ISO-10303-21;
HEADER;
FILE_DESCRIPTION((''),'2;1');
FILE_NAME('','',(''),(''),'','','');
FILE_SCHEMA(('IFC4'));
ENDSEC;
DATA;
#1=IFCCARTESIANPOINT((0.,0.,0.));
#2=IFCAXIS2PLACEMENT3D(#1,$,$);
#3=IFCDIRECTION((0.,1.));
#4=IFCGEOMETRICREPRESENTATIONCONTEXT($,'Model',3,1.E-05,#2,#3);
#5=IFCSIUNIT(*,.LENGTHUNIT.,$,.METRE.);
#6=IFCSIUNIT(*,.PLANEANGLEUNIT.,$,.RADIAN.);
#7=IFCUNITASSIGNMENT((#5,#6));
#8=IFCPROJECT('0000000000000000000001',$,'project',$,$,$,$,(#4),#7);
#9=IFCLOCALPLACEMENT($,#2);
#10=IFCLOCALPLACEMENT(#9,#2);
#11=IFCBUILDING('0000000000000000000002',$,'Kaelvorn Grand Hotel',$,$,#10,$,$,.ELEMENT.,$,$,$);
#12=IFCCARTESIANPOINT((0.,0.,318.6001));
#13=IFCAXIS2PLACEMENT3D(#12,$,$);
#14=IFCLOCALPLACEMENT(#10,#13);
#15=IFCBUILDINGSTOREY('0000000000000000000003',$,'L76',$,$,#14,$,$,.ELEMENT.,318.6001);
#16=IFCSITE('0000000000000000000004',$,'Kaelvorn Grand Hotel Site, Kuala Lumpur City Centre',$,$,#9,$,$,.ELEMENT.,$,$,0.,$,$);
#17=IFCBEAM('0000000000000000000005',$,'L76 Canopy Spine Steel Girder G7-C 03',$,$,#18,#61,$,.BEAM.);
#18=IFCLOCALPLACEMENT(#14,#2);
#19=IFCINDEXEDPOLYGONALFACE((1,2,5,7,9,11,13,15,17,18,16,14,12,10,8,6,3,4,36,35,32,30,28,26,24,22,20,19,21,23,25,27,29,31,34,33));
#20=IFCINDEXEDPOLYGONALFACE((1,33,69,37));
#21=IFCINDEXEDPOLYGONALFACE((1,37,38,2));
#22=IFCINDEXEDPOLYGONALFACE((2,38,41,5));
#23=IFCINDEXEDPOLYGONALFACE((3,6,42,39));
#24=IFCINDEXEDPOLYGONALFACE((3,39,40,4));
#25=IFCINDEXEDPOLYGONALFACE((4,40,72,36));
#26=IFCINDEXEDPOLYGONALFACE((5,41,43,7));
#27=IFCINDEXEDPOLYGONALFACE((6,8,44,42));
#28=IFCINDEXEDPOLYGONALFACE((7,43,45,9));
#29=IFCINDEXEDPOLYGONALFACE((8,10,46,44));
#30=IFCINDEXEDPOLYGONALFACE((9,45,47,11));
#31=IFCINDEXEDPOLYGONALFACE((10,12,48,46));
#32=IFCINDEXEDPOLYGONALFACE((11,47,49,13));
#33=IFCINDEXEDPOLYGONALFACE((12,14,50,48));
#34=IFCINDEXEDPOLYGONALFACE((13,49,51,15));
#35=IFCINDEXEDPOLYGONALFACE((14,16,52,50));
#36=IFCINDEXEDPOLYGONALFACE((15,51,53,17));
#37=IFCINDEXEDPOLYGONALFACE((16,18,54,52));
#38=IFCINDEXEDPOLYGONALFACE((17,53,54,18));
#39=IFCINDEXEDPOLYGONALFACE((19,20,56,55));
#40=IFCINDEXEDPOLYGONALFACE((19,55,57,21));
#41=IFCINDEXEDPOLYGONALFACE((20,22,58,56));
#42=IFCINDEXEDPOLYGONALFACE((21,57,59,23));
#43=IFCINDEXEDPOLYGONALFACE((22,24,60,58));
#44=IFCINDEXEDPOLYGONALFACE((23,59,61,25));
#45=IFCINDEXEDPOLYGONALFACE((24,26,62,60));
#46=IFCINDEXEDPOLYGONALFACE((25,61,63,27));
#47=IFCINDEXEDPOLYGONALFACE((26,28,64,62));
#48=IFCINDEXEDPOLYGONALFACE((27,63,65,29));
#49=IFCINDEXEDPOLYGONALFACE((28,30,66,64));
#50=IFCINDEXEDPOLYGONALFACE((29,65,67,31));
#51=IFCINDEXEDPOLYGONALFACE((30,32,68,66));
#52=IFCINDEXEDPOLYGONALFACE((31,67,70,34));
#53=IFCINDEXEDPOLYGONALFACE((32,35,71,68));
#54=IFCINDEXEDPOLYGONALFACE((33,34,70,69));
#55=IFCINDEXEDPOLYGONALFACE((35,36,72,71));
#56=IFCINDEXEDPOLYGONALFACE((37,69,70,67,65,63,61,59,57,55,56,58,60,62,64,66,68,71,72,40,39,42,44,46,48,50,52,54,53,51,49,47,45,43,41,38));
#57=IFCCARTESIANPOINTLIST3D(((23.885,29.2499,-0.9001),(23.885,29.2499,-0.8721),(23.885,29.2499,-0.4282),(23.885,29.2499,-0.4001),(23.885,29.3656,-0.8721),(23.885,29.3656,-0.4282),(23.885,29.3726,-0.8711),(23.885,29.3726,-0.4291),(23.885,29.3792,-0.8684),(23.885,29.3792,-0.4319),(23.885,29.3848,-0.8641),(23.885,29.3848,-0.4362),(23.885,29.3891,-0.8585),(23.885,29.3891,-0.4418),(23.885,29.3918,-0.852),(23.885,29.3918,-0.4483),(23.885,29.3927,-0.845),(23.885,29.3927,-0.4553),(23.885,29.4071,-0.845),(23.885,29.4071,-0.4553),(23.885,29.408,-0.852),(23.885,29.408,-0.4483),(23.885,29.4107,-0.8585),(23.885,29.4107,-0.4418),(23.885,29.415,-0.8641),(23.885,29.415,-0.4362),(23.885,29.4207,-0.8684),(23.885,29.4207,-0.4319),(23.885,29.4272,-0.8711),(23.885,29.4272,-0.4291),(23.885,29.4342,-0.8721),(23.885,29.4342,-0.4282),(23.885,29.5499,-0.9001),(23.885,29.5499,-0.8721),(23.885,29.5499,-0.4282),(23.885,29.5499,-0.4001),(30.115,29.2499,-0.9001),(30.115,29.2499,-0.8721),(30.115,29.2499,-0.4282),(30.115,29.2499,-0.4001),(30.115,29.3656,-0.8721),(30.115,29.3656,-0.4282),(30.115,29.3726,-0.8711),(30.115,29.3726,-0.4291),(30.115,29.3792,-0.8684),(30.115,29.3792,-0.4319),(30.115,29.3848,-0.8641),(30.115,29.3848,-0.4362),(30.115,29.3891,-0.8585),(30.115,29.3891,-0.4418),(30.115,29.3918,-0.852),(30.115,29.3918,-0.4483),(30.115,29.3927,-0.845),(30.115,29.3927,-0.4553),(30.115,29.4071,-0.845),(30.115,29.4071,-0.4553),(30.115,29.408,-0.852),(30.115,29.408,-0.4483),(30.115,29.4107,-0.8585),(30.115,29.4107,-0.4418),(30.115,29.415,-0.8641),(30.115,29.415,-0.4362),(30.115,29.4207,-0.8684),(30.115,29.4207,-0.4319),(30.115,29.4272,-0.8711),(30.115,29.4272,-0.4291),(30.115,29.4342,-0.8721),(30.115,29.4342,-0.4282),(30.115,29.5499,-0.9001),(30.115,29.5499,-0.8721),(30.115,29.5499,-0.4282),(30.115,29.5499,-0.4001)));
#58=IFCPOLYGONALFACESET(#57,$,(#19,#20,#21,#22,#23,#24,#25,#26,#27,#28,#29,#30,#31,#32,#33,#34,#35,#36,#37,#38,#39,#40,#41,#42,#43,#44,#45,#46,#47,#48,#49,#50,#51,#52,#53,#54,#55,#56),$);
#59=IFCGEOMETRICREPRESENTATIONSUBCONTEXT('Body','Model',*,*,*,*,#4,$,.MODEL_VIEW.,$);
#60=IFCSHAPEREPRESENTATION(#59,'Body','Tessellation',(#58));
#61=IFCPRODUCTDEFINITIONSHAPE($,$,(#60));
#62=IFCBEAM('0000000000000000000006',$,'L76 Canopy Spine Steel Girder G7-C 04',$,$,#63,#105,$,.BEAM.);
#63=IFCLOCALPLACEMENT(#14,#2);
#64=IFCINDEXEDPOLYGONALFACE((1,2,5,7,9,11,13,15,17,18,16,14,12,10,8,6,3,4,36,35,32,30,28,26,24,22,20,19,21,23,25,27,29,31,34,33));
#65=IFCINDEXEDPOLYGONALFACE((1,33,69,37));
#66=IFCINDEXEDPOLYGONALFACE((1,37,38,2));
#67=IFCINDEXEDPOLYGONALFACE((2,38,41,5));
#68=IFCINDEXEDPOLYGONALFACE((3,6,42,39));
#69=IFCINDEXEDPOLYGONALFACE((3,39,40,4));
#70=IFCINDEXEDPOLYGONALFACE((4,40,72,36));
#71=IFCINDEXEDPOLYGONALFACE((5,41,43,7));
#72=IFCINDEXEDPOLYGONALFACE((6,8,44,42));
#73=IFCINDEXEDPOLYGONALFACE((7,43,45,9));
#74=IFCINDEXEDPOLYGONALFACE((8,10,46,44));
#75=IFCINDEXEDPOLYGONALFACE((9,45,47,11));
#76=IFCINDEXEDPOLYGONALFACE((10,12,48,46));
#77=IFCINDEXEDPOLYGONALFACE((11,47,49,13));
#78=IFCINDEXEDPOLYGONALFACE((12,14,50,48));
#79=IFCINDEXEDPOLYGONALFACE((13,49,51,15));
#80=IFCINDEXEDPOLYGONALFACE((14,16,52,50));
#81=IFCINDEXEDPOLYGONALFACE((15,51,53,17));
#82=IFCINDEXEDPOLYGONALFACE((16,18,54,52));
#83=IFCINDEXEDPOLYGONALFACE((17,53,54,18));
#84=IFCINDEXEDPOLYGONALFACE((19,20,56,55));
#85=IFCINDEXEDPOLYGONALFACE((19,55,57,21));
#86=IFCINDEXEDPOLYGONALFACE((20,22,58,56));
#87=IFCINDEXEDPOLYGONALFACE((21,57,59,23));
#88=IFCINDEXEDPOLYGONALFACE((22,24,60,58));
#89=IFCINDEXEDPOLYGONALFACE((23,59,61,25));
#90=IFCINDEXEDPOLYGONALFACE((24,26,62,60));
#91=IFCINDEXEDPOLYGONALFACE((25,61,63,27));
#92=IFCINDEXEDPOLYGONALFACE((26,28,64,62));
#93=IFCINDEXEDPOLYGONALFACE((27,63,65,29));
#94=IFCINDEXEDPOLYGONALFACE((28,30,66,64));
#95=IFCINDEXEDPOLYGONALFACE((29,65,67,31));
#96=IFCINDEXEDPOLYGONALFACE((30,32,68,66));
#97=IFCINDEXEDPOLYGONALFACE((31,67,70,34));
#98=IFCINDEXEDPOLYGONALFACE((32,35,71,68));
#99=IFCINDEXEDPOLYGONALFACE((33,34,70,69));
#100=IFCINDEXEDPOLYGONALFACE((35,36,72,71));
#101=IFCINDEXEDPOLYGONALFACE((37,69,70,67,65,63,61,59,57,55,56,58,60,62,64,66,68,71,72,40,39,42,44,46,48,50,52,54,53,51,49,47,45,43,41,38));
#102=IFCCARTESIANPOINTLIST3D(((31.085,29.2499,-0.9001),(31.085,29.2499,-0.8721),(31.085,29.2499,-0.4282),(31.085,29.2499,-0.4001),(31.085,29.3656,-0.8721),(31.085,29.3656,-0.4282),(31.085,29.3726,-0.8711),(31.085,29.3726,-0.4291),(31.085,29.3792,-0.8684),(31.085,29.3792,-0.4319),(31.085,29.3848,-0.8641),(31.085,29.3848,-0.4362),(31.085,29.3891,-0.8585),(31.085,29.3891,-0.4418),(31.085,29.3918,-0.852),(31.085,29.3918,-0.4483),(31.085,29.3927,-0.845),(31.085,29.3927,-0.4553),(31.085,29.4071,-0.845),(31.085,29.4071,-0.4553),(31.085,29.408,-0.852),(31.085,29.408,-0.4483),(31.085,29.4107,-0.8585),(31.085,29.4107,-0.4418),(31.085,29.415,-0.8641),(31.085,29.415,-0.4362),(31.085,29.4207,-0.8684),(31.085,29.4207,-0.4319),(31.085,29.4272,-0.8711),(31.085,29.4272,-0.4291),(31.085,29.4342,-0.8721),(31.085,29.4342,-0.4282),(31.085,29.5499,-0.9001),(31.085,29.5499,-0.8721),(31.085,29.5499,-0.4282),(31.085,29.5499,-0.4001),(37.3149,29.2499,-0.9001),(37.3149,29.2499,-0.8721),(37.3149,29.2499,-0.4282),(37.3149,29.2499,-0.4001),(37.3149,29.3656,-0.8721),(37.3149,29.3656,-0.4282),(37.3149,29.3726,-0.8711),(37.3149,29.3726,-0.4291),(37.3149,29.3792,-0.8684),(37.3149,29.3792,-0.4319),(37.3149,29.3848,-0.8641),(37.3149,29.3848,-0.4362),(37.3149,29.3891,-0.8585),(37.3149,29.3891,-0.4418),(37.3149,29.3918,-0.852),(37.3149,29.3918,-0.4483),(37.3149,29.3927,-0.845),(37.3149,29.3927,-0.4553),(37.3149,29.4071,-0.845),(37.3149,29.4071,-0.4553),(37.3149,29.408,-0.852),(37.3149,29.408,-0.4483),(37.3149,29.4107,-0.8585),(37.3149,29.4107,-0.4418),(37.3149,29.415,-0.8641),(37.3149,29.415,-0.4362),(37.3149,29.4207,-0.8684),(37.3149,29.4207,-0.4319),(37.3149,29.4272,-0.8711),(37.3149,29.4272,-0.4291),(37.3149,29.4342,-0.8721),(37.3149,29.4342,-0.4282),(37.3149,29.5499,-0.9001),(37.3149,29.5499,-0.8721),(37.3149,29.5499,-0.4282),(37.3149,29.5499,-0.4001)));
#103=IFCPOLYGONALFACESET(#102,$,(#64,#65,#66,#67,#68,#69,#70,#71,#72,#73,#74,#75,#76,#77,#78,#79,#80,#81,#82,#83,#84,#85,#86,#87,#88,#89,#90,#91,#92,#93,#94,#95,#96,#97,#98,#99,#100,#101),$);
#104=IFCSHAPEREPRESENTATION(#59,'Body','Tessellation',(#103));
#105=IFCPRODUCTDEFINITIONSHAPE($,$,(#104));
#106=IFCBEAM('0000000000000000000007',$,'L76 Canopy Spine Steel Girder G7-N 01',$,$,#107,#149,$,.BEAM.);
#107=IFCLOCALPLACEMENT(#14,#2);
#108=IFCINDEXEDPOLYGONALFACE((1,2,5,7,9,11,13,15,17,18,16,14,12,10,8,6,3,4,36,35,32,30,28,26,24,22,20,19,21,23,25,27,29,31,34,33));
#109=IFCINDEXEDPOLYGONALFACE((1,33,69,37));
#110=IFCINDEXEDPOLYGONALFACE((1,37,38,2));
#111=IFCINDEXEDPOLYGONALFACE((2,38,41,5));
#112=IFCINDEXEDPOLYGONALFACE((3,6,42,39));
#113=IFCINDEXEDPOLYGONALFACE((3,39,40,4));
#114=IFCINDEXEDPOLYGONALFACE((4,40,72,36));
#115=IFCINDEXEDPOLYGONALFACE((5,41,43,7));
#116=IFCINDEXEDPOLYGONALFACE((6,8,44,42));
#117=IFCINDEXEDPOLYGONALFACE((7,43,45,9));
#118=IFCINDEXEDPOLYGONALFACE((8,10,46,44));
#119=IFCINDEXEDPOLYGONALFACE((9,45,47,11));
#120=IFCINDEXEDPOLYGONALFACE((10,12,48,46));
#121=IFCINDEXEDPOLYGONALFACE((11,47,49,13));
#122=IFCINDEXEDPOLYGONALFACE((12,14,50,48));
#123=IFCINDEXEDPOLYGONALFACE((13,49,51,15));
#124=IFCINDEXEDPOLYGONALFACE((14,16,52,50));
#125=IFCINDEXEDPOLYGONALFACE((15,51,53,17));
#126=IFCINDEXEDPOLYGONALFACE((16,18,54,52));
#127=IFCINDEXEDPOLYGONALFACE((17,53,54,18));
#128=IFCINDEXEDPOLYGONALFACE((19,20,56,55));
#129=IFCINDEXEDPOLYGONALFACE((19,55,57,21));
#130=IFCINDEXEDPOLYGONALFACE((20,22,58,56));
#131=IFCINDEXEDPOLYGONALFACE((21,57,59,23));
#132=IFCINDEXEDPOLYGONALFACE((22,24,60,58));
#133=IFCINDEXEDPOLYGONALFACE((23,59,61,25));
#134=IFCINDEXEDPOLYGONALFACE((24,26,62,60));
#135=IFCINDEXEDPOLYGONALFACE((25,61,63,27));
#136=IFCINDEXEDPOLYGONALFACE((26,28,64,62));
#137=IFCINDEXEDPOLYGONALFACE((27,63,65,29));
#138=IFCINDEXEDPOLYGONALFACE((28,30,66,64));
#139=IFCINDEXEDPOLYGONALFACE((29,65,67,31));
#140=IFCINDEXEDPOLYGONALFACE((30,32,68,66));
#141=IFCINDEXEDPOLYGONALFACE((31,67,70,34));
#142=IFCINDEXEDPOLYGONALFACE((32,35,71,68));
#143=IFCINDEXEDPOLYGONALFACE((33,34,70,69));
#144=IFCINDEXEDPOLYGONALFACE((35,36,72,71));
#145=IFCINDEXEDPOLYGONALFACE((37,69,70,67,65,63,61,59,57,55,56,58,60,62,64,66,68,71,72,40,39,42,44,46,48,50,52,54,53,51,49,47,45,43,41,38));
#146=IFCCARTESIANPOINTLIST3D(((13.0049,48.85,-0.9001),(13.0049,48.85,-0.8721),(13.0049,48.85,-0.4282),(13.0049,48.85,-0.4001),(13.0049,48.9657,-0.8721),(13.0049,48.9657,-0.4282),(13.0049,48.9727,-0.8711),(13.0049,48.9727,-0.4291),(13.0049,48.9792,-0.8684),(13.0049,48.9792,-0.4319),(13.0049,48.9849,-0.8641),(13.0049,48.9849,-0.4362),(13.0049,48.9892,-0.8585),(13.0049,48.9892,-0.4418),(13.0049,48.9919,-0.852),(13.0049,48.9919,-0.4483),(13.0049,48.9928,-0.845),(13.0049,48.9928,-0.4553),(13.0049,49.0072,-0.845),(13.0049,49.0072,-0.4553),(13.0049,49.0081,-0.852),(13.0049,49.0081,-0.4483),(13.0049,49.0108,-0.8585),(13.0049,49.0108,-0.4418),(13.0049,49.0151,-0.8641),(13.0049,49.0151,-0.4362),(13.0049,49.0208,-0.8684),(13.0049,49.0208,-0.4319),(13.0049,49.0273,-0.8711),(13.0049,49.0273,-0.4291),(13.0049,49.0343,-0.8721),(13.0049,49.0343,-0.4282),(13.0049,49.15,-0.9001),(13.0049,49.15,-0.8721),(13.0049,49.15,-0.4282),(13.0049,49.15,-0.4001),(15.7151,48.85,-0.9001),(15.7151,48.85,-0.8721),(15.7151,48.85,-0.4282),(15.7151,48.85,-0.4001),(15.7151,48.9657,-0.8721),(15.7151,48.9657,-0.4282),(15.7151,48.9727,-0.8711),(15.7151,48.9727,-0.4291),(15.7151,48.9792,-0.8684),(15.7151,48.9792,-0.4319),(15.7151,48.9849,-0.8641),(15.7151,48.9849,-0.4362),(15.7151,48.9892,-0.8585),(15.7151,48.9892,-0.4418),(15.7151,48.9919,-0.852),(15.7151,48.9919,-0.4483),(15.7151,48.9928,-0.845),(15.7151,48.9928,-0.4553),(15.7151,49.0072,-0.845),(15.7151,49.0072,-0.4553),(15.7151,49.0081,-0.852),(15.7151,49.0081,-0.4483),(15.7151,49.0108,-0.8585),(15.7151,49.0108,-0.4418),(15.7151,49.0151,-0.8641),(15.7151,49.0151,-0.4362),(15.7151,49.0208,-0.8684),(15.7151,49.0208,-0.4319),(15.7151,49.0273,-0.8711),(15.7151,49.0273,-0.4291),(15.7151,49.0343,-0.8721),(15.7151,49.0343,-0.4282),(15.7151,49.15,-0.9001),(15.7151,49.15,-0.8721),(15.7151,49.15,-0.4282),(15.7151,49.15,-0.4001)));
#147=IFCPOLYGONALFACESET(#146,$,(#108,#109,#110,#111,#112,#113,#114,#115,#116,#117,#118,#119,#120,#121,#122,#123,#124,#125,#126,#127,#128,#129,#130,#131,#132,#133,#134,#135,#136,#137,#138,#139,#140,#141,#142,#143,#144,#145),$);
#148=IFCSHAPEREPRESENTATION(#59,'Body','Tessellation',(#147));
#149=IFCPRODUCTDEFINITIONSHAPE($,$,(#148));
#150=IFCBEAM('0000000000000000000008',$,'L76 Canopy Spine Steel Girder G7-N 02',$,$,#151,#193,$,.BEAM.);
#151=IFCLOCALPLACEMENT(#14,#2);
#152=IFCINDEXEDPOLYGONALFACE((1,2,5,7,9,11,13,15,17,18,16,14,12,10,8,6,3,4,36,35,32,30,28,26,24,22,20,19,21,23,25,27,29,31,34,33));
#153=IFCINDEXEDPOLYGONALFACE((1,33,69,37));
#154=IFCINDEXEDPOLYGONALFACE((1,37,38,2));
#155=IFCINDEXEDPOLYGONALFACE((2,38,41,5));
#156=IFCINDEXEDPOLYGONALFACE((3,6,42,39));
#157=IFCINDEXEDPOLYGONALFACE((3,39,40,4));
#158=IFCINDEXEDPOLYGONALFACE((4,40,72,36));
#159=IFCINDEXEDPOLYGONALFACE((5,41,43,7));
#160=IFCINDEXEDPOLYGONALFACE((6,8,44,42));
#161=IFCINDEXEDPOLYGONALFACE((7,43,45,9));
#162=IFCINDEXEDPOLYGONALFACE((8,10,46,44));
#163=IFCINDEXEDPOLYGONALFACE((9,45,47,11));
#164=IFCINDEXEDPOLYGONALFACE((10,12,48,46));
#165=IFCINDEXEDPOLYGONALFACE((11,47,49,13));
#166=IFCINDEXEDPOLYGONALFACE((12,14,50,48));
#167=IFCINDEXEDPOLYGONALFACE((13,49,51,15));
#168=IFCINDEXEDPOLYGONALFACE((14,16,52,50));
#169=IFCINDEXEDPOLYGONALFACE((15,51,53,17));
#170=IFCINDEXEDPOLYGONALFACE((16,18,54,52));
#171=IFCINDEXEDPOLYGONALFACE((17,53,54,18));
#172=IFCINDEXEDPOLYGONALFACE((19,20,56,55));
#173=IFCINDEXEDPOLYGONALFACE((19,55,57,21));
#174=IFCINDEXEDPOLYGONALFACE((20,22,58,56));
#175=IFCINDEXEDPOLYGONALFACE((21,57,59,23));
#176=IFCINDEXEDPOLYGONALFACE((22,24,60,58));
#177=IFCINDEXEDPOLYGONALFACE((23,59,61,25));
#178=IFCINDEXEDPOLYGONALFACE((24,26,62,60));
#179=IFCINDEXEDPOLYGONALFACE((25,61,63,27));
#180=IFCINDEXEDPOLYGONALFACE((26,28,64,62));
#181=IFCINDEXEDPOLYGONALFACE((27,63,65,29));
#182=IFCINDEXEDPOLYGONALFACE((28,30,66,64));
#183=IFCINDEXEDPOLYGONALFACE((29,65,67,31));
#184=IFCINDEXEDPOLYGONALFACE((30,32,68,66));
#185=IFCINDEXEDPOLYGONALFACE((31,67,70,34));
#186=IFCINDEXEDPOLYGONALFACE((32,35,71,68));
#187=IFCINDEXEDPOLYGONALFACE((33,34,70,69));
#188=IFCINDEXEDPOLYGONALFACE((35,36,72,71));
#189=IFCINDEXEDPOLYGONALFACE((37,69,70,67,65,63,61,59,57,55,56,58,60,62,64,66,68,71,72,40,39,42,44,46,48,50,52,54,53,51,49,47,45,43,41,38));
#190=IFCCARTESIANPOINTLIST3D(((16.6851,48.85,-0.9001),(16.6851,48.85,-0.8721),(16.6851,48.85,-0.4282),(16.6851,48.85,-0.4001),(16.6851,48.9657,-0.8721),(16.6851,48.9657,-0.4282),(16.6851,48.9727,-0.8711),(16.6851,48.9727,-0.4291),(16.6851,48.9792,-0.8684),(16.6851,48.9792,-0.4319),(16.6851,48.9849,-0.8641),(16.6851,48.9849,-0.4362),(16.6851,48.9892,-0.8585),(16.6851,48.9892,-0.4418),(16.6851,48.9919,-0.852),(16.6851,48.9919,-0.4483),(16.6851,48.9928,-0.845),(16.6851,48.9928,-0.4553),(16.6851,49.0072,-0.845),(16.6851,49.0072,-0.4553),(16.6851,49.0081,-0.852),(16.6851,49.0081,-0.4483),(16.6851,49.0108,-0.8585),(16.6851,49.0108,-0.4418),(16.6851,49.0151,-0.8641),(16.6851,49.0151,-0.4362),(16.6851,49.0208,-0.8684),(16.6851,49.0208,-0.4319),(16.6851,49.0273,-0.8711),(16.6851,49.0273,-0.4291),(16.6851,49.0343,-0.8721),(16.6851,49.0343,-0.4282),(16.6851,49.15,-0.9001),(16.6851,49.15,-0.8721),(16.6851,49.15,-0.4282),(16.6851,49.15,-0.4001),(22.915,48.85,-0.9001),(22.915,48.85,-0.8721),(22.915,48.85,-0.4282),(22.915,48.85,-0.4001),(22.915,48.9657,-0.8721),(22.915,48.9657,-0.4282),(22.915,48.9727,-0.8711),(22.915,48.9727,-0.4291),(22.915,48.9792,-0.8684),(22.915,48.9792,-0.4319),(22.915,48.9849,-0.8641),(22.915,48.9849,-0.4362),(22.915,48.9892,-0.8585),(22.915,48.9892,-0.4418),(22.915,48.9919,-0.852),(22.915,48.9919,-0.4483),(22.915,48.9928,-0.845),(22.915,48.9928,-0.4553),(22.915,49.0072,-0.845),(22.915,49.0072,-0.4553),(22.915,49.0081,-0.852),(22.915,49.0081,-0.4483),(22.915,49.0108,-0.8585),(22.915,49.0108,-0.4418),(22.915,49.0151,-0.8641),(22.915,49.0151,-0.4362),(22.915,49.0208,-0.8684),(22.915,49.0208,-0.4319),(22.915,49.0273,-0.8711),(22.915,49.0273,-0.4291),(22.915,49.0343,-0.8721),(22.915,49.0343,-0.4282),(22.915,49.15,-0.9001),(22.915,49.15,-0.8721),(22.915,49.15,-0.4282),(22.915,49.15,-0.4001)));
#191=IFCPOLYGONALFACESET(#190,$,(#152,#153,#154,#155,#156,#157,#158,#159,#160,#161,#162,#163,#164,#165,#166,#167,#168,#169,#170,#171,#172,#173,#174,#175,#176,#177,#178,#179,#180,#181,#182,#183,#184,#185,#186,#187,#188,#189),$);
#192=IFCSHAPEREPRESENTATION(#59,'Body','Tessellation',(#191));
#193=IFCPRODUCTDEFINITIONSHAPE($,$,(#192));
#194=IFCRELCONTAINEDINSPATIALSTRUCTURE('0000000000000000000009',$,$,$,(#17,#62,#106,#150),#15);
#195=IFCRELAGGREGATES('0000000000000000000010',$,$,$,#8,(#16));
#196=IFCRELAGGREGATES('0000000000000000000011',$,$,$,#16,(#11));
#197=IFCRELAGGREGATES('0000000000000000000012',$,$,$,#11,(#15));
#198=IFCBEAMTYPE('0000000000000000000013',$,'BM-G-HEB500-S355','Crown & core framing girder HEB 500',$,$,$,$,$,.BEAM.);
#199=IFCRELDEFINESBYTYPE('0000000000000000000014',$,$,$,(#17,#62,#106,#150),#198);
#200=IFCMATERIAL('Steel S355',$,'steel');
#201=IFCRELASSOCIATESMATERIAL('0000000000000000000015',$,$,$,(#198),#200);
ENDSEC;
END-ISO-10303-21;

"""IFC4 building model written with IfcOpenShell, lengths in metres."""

from ifc_helpers import new_model, si_unit, direction, frame, origin, origin_2d, place, context, subcontext, project, spatial, i_section, extrude, material, material_profile, profile_set, type_object, element, save


model = new_model("IFC4")

# Units and contexts
model_context = context("Model", 3, precision=1e-05, world=origin(), true_north=direction((0.0, 1.0)))
body_context = subcontext(model_context, "Body", "Model", "MODEL_VIEW")
ifc_project = project(units=[si_unit("LENGTHUNIT", "METRE"), si_unit("PLANEANGLEUNIT", "RADIAN")], contexts=[model_context])

# Site, building, storey
site_placement = place(None, origin())
site = spatial("IfcSite", under=ifc_project, at=site_placement, Name="Kaelvorn Grand Hotel Site, Kuala Lumpur City Centre", CompositionType="ELEMENT", RefElevation=0.0)
building_placement = place(site_placement, origin())
building = spatial("IfcBuilding", under=site, at=building_placement, Name="Kaelvorn Grand Hotel", CompositionType="ELEMENT")
storey_placement = place(building_placement, frame((0.0, 0.0, 318.6001)))
storey = spatial("IfcBuildingStorey", under=building, at=storey_placement, Name="L76", CompositionType="ELEMENT", Elevation=318.6001)

# Beams
ifc_material_1 = material(Name="Steel S355", Category="steel")
ifc_material_profile_1 = material_profile(ifc_material_1, i_section(OverallWidth=0.3, OverallDepth=0.5, WebThickness=0.0144, FlangeThickness=0.0281, FilletRadius=0.0271, at=origin_2d()), Name="HEB 500")
ifc_profile_set_1 = profile_set([ifc_material_profile_1], Name="Steel S355")
beam_type = type_object("IfcBeamType", Name="BM-G-HEB500-S355", Description="Crown & core framing girder HEB 500", PredefinedType="BEAM", material=ifc_profile_set_1)
for number, where, z_axis, x_axis, name in (
    (1, (23.885, 29.3999, -0.6501), (1.0, 0.0, 0.0), (0.0, 1.0, 0.0), "L76 Canopy Spine Steel Girder G7-C 03"),
    (2, (31.085, 29.3999, -0.6501), (1.0, 0.0, 0.0), (0.0, 1.0, 0.0), "L76 Canopy Spine Steel Girder G7-C 04"),
):
    element("IfcBeam", number, at=place(storey_placement, frame(where, z_axis=z_axis, x_axis=x_axis)), inside=storey, type_object=beam_type, Name=name, PredefinedType="BEAM", context=body_context, shape_type="SweptSolid", body=[
        extrude(i_section(OverallWidth=0.3, OverallDepth=0.5, WebThickness=0.0144, FlangeThickness=0.0281, FilletRadius=0.0271, at=origin_2d()), origin(), (0.0, 0.0, 1.0), 6.23),
    ])
beam_1_placement = place(storey_placement, frame((13.0049, 49.0, -0.6501), z_axis=(1.0, 0.0, 0.0), x_axis=(0.0, 1.0, 0.0)))
element("IfcBeam", 3, at=beam_1_placement, inside=storey, type_object=beam_type, Name="L76 Canopy Spine Steel Girder G7-N 01", PredefinedType="BEAM", context=body_context, shape_type="SweptSolid", body=[
    extrude(i_section(OverallWidth=0.3, OverallDepth=0.5, WebThickness=0.0144, FlangeThickness=0.0281, FilletRadius=0.0271, at=origin_2d()), origin(), (0.0, 0.0, 1.0), 2.7102),
])
for number, where, z_axis, x_axis, name in (
    (4, (16.6851, 49.0, -0.6501), (1.0, 0.0, 0.0), (0.0, 1.0, 0.0), "L76 Canopy Spine Steel Girder G7-N 02"),
):
    element("IfcBeam", number, at=place(storey_placement, frame(where, z_axis=z_axis, x_axis=x_axis)), inside=storey, type_object=beam_type, Name=name, PredefinedType="BEAM", context=body_context, shape_type="SweptSolid", body=[
        extrude(i_section(OverallWidth=0.3, OverallDepth=0.5, WebThickness=0.0144, FlangeThickness=0.0281, FilletRadius=0.0271, at=origin_2d()), origin(), (0.0, 0.0, 1.0), 6.23),
    ])

save(model, "model.ifc")
